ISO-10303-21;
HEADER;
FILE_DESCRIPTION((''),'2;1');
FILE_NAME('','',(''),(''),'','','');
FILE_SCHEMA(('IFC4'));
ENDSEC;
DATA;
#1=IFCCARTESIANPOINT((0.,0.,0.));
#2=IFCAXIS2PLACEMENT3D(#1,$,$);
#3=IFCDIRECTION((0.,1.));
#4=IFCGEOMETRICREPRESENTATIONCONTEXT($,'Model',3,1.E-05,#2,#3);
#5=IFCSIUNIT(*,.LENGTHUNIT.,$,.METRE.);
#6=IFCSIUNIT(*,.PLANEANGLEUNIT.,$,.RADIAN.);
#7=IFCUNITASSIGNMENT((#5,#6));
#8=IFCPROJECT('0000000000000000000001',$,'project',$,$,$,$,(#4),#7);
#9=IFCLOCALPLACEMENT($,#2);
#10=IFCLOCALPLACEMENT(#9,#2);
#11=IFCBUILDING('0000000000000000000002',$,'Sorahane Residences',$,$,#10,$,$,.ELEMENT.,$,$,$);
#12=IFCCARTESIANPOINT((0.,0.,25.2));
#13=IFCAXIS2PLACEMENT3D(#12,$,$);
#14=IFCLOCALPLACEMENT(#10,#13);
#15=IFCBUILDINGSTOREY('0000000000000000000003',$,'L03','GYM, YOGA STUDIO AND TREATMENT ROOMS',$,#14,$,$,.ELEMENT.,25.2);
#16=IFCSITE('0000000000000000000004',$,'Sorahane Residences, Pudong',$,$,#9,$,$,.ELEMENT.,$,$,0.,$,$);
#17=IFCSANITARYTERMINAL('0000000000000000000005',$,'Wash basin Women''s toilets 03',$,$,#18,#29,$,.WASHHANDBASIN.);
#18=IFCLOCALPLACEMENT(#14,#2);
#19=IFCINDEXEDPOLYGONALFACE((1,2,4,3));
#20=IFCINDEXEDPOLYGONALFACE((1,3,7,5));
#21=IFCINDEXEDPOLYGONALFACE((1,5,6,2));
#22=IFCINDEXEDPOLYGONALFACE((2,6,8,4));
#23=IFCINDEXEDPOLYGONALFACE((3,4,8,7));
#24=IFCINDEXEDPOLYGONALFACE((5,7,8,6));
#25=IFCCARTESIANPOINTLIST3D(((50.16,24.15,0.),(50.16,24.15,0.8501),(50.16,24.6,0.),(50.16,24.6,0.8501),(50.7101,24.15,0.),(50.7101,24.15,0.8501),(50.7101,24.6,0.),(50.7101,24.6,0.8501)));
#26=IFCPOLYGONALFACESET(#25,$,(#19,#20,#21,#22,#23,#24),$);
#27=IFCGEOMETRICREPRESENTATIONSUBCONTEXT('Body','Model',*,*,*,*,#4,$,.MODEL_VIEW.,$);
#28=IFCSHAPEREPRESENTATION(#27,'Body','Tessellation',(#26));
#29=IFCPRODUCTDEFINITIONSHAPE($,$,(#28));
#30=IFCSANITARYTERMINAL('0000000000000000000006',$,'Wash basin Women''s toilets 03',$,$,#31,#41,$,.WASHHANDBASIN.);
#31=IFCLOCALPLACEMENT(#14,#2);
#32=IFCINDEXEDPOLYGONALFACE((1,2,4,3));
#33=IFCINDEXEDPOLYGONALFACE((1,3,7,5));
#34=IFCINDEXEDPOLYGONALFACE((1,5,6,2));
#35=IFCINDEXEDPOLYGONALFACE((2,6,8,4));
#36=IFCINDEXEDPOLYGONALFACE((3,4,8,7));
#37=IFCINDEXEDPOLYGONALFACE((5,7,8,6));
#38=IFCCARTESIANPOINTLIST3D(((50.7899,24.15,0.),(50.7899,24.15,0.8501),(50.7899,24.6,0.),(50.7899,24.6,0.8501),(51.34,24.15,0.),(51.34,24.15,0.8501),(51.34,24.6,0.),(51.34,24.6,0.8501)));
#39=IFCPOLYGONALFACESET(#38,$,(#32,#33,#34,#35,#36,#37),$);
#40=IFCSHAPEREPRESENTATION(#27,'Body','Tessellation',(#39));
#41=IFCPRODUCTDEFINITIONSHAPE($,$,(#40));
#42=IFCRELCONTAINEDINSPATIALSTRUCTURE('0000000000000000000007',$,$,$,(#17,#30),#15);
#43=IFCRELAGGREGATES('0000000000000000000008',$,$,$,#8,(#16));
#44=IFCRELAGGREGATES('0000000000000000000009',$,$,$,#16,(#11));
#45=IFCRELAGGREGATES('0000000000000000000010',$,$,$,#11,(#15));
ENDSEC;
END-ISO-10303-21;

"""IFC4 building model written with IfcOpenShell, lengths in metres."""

from ifc_helpers import new_model, si_unit, direction, frame, origin, origin_2d, place, context, subcontext, project, spatial, rectangle, extrude, element, save


model = new_model("IFC4")

# Units and contexts
model_context = context("Model", 3, precision=1e-05, world=origin(), true_north=direction((0.0, 1.0)))
body_context = subcontext(model_context, "Body", "Model", "MODEL_VIEW")
ifc_project = project(units=[si_unit("LENGTHUNIT", "METRE"), si_unit("PLANEANGLEUNIT", "RADIAN")], contexts=[model_context])

# Site, building, storey
site_placement = place(None, origin())
site = spatial("IfcSite", under=ifc_project, at=site_placement, Name="Sorahane Residences, Pudong", CompositionType="ELEMENT", RefElevation=0.0)
building_placement = place(site_placement, origin())
building = spatial("IfcBuilding", under=site, at=building_placement, Name="Sorahane Residences", CompositionType="ELEMENT")
storey_placement = place(building_placement, frame((0.0, 0.0, 25.2)))
storey = spatial("IfcBuildingStorey", under=building, at=storey_placement, Name="L03", Description="GYM, YOGA STUDIO AND TREATMENT ROOMS", CompositionType="ELEMENT", Elevation=25.2)

# Sanitary terminals
for number, where, z_axis, x_axis, name in (
    (1, (50.4351, 24.375, 0.0), (0.0, 0.0, 1.0), (1.0, 0.0, 0.0), "Wash basin Women's toilets 03"),
    (2, (51.0649, 24.375, 0.0), (0.0, 0.0, 1.0), (1.0, 0.0, 0.0), "Wash basin Women's toilets 03"),
):
    element("IfcSanitaryTerminal", number, at=place(storey_placement, frame(where, z_axis=z_axis, x_axis=x_axis)), inside=storey, Name=name, PredefinedType="WASHHANDBASIN", context=body_context, shape_type="SweptSolid", body=[
        extrude(rectangle(XDim=0.55, YDim=0.45, at=origin_2d()), origin(), (0.0, 0.0, 1.0), 0.8501),
    ])

save(model, "model.ifc")
